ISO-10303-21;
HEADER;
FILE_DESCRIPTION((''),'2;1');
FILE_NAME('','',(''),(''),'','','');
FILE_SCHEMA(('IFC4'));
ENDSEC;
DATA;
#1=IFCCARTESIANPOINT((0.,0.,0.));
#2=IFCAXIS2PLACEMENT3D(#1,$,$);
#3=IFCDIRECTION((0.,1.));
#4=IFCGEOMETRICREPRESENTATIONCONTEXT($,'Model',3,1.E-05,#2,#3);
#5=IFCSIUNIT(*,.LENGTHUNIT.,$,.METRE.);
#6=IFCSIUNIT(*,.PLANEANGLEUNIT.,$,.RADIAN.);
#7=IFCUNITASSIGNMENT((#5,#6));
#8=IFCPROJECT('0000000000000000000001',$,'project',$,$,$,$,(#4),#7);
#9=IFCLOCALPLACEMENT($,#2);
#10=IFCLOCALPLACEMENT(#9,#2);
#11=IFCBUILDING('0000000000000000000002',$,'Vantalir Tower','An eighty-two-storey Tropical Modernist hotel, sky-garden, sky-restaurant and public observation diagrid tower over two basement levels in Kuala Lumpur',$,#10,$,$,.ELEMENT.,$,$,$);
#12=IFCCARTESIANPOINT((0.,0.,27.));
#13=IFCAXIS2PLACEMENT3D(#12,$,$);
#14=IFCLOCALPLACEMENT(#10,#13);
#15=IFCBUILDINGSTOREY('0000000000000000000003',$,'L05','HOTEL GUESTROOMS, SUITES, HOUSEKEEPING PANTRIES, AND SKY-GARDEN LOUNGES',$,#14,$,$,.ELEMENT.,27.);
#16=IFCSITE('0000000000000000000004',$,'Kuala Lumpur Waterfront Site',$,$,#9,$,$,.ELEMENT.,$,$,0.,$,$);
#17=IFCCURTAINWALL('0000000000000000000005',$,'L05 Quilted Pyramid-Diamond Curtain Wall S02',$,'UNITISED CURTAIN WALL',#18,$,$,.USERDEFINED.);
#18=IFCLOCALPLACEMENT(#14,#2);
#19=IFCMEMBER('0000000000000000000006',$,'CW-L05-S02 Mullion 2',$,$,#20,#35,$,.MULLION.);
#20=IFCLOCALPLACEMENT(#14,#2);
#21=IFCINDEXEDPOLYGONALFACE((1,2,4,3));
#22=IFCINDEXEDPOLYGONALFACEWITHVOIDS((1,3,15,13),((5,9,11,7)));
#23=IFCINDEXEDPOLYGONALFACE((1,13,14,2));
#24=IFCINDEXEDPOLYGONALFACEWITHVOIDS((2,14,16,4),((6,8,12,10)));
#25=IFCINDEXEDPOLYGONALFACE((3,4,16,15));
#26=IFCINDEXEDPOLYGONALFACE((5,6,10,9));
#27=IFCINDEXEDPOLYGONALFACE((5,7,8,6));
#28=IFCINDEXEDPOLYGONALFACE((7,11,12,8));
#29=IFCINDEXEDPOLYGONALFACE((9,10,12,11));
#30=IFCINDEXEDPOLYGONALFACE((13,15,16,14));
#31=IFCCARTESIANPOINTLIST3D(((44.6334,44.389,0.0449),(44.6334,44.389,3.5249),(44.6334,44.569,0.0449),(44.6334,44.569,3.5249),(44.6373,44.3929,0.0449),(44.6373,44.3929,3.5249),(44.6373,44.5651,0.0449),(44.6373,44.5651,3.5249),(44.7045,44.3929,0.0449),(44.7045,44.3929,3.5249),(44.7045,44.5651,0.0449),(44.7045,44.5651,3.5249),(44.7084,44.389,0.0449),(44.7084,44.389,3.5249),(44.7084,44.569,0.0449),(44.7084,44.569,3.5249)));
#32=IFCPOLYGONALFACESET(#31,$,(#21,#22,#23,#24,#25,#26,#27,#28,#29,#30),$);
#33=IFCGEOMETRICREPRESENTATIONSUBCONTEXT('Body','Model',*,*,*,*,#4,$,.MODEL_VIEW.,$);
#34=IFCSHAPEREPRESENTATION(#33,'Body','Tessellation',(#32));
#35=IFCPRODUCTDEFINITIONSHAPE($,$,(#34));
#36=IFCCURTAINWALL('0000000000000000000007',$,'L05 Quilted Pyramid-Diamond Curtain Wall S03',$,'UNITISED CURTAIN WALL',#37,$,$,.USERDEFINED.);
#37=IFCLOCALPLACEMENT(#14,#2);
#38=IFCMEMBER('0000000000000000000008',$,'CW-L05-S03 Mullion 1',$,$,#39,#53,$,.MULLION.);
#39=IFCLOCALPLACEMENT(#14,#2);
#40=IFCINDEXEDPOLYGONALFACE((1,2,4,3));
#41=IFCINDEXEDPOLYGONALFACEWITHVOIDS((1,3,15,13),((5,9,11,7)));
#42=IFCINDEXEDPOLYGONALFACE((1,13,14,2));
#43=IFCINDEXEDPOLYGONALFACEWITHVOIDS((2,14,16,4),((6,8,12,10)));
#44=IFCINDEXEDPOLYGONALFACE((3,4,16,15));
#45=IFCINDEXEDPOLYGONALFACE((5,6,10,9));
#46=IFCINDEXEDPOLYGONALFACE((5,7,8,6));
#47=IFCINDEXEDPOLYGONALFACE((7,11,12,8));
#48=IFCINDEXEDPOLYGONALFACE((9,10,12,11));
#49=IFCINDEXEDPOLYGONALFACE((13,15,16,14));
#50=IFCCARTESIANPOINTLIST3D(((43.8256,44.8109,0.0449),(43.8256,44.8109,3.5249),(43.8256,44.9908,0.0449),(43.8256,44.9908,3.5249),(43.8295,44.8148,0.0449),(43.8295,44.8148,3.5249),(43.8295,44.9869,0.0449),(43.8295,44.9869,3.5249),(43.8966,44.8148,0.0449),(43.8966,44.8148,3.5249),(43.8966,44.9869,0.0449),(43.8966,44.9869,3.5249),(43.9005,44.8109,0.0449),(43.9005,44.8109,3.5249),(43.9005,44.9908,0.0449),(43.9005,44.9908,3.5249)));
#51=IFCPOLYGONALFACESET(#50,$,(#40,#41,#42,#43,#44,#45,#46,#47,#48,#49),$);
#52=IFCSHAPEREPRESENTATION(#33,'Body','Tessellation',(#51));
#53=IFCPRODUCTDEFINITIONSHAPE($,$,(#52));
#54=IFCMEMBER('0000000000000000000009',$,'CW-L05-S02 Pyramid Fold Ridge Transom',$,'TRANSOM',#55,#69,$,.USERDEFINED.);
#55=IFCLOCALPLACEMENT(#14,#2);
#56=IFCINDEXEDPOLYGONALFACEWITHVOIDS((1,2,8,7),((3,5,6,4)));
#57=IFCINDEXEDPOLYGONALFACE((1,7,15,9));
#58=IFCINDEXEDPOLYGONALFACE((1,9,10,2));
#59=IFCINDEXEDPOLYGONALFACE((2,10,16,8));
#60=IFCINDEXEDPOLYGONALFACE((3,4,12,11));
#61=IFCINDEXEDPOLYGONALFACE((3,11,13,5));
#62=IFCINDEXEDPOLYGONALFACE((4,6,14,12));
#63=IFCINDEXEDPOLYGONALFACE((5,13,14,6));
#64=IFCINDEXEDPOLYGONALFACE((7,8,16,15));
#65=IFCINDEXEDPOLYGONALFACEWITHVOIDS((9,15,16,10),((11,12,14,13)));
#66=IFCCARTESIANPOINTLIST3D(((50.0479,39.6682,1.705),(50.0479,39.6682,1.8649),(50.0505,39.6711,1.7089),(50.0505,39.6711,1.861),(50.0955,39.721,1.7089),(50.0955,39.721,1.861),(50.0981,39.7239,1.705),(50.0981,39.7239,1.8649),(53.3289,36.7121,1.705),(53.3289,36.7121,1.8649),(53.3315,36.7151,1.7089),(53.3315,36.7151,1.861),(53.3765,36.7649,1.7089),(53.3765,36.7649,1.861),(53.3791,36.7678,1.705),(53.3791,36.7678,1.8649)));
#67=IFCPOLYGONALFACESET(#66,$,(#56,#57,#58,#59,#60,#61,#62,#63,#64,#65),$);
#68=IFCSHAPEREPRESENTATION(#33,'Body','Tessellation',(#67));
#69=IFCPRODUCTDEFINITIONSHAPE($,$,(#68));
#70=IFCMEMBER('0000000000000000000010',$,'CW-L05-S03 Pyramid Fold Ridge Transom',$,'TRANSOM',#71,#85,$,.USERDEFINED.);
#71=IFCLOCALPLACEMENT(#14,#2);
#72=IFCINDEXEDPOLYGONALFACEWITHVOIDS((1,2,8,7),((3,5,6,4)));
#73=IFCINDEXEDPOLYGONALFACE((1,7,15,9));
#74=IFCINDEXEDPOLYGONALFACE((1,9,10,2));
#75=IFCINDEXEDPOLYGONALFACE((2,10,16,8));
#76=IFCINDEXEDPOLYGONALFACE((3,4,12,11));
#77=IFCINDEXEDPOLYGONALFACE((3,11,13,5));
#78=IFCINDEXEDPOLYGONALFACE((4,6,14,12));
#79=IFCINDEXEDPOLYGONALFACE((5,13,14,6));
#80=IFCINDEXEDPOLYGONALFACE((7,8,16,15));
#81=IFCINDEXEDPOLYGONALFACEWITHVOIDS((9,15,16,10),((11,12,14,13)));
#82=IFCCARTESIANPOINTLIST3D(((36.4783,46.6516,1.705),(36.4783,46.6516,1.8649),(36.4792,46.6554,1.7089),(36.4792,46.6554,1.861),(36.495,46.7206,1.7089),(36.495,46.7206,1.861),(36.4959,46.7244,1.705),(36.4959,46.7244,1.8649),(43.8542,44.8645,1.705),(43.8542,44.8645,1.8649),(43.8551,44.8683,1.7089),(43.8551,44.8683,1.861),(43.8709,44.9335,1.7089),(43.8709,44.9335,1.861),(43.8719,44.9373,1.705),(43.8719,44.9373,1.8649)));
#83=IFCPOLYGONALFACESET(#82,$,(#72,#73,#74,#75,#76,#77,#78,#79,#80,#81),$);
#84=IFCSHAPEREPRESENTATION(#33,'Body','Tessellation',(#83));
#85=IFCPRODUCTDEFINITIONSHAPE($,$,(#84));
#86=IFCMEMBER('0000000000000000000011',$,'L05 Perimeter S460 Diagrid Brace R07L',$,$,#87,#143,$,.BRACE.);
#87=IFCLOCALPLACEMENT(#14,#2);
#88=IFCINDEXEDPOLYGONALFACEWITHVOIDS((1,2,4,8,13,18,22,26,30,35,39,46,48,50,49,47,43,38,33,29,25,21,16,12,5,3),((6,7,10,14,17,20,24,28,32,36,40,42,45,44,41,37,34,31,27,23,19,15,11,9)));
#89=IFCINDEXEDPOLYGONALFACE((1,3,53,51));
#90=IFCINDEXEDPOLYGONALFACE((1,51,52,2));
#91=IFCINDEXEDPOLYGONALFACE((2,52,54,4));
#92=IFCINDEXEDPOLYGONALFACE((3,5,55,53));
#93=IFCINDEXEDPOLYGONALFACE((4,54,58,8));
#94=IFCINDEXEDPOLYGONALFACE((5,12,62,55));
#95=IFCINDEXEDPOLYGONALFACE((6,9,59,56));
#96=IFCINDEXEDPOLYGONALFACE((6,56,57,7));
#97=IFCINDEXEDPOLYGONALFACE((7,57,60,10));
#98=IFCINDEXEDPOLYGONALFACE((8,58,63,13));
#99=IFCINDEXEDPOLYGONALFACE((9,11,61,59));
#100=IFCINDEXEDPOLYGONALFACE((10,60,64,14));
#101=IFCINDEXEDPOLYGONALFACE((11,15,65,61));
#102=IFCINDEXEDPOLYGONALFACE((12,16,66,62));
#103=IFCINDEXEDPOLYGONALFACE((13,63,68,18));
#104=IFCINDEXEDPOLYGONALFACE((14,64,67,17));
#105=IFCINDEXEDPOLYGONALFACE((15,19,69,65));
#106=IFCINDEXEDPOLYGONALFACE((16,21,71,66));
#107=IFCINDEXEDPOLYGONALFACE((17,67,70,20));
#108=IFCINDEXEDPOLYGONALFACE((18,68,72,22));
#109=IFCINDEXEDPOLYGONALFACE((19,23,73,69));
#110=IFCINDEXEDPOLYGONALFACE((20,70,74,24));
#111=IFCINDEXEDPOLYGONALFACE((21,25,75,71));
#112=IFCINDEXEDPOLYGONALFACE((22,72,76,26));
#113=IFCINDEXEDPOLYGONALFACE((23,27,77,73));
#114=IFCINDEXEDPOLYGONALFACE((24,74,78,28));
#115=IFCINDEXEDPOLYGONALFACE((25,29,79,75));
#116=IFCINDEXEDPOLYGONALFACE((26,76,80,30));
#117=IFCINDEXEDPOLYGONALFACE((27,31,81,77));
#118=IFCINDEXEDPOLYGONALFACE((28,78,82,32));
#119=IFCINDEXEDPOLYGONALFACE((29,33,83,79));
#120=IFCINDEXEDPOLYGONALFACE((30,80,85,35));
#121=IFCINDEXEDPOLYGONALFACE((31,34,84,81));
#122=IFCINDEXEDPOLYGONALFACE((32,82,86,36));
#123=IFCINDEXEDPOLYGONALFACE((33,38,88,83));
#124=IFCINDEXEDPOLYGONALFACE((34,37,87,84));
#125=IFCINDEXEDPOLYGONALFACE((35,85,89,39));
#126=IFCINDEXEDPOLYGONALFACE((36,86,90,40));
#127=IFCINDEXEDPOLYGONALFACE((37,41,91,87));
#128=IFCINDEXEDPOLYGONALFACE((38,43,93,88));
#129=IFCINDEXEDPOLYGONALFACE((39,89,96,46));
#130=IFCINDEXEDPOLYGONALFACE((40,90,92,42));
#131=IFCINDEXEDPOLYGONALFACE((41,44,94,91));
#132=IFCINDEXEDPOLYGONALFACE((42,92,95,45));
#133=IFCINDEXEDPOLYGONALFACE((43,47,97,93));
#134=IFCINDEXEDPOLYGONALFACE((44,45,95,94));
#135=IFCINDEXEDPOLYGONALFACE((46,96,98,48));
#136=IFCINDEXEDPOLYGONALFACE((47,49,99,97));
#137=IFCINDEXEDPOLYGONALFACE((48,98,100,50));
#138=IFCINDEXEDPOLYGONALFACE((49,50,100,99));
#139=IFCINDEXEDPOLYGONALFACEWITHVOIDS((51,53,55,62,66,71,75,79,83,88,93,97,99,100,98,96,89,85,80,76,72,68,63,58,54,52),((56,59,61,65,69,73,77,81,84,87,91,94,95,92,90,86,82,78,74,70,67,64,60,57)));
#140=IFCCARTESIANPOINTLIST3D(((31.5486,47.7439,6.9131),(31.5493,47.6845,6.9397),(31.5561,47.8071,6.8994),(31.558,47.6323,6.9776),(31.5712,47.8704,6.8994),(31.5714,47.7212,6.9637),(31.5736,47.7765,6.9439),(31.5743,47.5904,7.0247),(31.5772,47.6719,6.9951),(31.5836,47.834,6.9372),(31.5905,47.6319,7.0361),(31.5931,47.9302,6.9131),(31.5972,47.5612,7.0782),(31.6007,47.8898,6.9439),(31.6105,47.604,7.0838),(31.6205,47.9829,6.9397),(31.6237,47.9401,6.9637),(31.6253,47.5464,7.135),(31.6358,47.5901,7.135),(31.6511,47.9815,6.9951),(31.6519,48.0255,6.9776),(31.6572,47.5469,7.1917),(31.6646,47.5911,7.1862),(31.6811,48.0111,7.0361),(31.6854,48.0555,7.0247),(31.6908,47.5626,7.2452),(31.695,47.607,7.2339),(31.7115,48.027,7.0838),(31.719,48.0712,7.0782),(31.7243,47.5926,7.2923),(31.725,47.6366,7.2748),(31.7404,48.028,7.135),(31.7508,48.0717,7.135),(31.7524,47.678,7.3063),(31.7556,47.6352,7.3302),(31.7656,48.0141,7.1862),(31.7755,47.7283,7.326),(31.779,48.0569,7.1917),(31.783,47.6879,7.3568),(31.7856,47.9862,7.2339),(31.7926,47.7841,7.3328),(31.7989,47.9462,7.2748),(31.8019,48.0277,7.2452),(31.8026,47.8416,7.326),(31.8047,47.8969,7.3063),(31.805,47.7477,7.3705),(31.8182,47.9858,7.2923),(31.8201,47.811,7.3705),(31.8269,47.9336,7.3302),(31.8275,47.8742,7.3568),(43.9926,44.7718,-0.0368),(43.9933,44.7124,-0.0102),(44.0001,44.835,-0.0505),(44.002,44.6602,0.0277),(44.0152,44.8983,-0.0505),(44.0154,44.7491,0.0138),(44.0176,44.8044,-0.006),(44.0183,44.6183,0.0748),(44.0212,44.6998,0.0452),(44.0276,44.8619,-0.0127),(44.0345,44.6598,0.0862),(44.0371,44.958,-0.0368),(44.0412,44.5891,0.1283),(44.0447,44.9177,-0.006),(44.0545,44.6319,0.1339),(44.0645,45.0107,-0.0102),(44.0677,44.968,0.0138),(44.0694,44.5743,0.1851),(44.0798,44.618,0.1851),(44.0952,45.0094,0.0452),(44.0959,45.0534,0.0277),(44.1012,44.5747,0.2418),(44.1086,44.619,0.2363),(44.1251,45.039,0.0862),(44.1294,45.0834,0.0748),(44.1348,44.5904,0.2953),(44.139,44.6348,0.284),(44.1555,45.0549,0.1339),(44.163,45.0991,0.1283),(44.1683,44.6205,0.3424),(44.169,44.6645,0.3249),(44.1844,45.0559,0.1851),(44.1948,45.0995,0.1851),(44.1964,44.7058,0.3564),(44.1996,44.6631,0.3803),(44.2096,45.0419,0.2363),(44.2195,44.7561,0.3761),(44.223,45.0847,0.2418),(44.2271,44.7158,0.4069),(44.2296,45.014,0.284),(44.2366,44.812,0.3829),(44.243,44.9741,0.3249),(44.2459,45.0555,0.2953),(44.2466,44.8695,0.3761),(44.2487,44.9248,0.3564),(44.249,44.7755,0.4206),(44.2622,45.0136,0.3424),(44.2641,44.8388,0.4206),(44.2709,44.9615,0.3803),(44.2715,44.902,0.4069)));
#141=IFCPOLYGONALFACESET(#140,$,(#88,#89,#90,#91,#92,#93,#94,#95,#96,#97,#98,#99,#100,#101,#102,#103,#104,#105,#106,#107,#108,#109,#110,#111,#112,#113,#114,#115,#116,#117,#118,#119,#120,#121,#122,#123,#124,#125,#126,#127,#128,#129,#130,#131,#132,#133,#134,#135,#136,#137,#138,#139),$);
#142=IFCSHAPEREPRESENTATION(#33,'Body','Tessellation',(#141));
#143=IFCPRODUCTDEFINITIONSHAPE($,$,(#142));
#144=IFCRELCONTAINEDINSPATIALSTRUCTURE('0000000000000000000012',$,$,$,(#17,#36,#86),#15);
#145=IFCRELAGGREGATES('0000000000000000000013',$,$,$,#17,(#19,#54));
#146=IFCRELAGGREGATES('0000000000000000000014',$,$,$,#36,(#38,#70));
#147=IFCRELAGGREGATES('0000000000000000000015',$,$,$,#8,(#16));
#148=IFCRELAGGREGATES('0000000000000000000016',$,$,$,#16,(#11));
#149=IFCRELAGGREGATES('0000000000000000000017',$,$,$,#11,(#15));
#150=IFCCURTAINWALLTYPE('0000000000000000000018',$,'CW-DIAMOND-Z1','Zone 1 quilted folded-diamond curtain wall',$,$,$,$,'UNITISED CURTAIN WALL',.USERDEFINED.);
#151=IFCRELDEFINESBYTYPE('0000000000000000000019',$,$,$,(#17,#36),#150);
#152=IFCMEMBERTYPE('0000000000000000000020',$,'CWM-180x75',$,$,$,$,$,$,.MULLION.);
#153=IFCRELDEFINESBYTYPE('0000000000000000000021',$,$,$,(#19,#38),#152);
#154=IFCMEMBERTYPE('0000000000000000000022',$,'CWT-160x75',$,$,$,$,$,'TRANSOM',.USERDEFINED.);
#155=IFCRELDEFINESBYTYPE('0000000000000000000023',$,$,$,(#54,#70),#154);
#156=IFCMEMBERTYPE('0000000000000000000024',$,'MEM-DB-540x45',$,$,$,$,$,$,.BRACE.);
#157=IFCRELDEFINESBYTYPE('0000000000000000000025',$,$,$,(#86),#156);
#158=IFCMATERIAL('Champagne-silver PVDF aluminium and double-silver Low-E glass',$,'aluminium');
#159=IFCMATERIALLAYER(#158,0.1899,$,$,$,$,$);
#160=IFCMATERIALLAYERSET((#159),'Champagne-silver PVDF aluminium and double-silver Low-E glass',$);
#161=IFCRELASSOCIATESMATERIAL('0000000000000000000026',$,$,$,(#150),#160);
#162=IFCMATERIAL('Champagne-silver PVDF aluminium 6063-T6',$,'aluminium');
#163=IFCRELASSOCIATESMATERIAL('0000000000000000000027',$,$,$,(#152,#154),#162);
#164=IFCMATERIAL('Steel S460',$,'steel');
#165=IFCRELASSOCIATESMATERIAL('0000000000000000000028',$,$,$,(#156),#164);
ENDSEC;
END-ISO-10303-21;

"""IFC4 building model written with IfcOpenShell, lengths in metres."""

from ifc_helpers import new_model, si_unit, direction, frame, origin, origin_2d, place, context, subcontext, project, spatial, hollow_rectangle, hollow_circle, extrude, material, layer, layer_set, material_profile, profile_set, type_object, element, aggregate, save


model = new_model("IFC4")

# Units and contexts
model_context = context("Model", 3, precision=1e-05, world=origin(), true_north=direction((0.0, 1.0)))
body_context = subcontext(model_context, "Body", "Model", "MODEL_VIEW")
ifc_project = project(units=[si_unit("LENGTHUNIT", "METRE"), si_unit("PLANEANGLEUNIT", "RADIAN")], contexts=[model_context])

# Site, building, storey
site_placement = place(None, origin())
site = spatial("IfcSite", under=ifc_project, at=site_placement, Name="Kuala Lumpur Waterfront Site", CompositionType="ELEMENT", RefElevation=0.0)
building_placement = place(site_placement, origin())
building = spatial("IfcBuilding", under=site, at=building_placement, Name="Vantalir Tower", Description="An eighty-two-storey Tropical Modernist hotel, sky-garden, sky-restaurant and public observation diagrid tower over two basement levels in Kuala Lumpur", CompositionType="ELEMENT")
storey_placement = place(building_placement, frame((0.0, 0.0, 27.0)))
storey = spatial("IfcBuildingStorey", under=building, at=storey_placement, Name="L05", Description="HOTEL GUESTROOMS, SUITES, HOUSEKEEPING PANTRIES, AND SKY-GARDEN LOUNGES", CompositionType="ELEMENT", Elevation=27.0)

# Shared definitions
ifc_material_1 = material(Name="Steel S460", Category="steel")

# Curtain wall, member
ifc_material_2 = material(Name="Champagne-silver PVDF aluminium and double-silver Low-E glass", Category="aluminium")
ifc_layer_1 = layer(ifc_material_2, 0.1899)
ifc_layer_set_1 = layer_set([ifc_layer_1], Name="Champagne-silver PVDF aluminium and double-silver Low-E glass")
curtain_wall_type = type_object("IfcCurtainWallType", Name="CW-DIAMOND-Z1", Description="Zone 1 quilted folded-diamond curtain wall", ElementType="UNITISED CURTAIN WALL", PredefinedType="USERDEFINED", material=ifc_layer_set_1)
curtain_wall_1_placement = place(storey_placement, origin())
curtain_wall_1 = element("IfcCurtainWall", 1, at=curtain_wall_1_placement, inside=storey, type_object=curtain_wall_type, Name="L05 Quilted Pyramid-Diamond Curtain Wall S02", ObjectType="UNITISED CURTAIN WALL", PredefinedType="USERDEFINED")
ifc_material_3 = material(Name="Champagne-silver PVDF aluminium 6063-T6", Category="aluminium")
ifc_material_profile_1 = material_profile(ifc_material_3, hollow_rectangle(XDim=0.075, YDim=0.1799, WallThickness=0.0039, at=origin_2d()), Name="Champagne-silver PVDF aluminium 6063-T6")
ifc_profile_set_1 = profile_set([ifc_material_profile_1], Name="Champagne-silver PVDF aluminium 6063-T6")
member_type_1 = type_object("IfcMemberType", Name="CWM-180x75", PredefinedType="MULLION", material=ifc_profile_set_1)
member_1_placement = place(storey_placement, frame((44.6709, 44.479, 0.0449), z_axis=(0.0, 0.0, 1.0), x_axis=(1.0, 0.0, 0.0)))
member_1 = element("IfcMember", 2, at=member_1_placement, type_object=member_type_1, Name="CW-L05-S02 Mullion 2", PredefinedType="MULLION", context=body_context, shape_type="SweptSolid", body=[
    extrude(hollow_rectangle(XDim=0.075, YDim=0.1799, WallThickness=0.0039, at=origin_2d()), origin(), (0.0, 0.0, 1.0), 3.48),
])

# Curtain wall, member
curtain_wall_2_placement = place(storey_placement, origin())
curtain_wall_2 = element("IfcCurtainWall", 3, at=curtain_wall_2_placement, inside=storey, type_object=curtain_wall_type, Name="L05 Quilted Pyramid-Diamond Curtain Wall S03", ObjectType="UNITISED CURTAIN WALL", PredefinedType="USERDEFINED")
member_2_placement = place(storey_placement, frame((43.863, 44.9009, 0.0449), z_axis=(0.0, 0.0, 1.0), x_axis=(1.0, 0.0, 0.0)))
member_2 = element("IfcMember", 4, at=member_2_placement, type_object=member_type_1, Name="CW-L05-S03 Mullion 1", PredefinedType="MULLION", context=body_context, shape_type="SweptSolid", body=[
    extrude(hollow_rectangle(XDim=0.075, YDim=0.1799, WallThickness=0.0039, at=origin_2d()), origin(), (0.0, 0.0, 1.0), 3.48),
])

# Members
ifc_material_profile_2 = material_profile(ifc_material_3, hollow_rectangle(XDim=0.075, YDim=0.1599, WallThickness=0.0039, at=origin_2d()), Name="Champagne-silver PVDF aluminium 6063-T6")
ifc_profile_set_2 = profile_set([ifc_material_profile_2], Name="Champagne-silver PVDF aluminium 6063-T6")
member_type_2 = type_object("IfcMemberType", Name="CWT-160x75", ElementType="TRANSOM", PredefinedType="USERDEFINED", material=ifc_profile_set_2)
member_3_placement = place(storey_placement, frame((53.354, 36.74, 1.7849), z_axis=(-0.742939, 0.669359, 0.0), x_axis=(-0.669359, -0.742939, 0.0)))
member_3 = element("IfcMember", 5, at=member_3_placement, type_object=member_type_2, Name="CW-L05-S02 Pyramid Fold Ridge Transom", ObjectType="TRANSOM", PredefinedType="USERDEFINED", context=body_context, shape_type="SweptSolid", body=[
    extrude(hollow_rectangle(XDim=0.075, YDim=0.1599, WallThickness=0.0039, at=origin_2d()), origin(), (0.0, 0.0, 1.0), 4.4163),
])
member_4_placement = place(storey_placement, frame((43.863, 44.9009, 1.7849), z_axis=(-0.97188, 0.235475, 0.0), x_axis=(-0.235475, -0.97188, 0.0)))
member_4 = element("IfcMember", 6, at=member_4_placement, type_object=member_type_2, Name="CW-L05-S03 Pyramid Fold Ridge Transom", ObjectType="TRANSOM", PredefinedType="USERDEFINED", context=body_context, shape_type="SweptSolid", body=[
    extrude(hollow_rectangle(XDim=0.075, YDim=0.1599, WallThickness=0.0039, at=origin_2d()), origin(), (0.0, 0.0, 1.0), 7.5894),
])

# Member
ifc_material_profile_3 = material_profile(ifc_material_1, hollow_circle(Radius=0.27, WallThickness=0.0449, at=origin_2d()), Name="Steel S460")
ifc_profile_set_3 = profile_set([ifc_material_profile_3], Name="Steel S460")
member_type_3 = type_object("IfcMemberType", Name="MEM-DB-540x45", PredefinedType="BRACE", material=ifc_profile_set_3)
member_5_placement = place(storey_placement, frame((44.1321, 44.8369, 0.1851), z_axis=(-0.854682, 0.204134, 0.477335), x_axis=(-0.232308, -0.972642, 0.0)))
element("IfcMember", 7, at=member_5_placement, inside=storey, type_object=member_type_3, Name="L05 Perimeter S460 Diagrid Brace R07L", PredefinedType="BRACE", context=body_context, shape_type="SweptSolid", body=[
    extrude(hollow_circle(Radius=0.27, WallThickness=0.0449, at=origin_2d()), origin(), (0.0, 0.0, 1.0), 14.5598),
])

aggregate(curtain_wall_1, [member_1, member_3])
aggregate(curtain_wall_2, [member_2, member_4])

save(model, "model.ifc")
